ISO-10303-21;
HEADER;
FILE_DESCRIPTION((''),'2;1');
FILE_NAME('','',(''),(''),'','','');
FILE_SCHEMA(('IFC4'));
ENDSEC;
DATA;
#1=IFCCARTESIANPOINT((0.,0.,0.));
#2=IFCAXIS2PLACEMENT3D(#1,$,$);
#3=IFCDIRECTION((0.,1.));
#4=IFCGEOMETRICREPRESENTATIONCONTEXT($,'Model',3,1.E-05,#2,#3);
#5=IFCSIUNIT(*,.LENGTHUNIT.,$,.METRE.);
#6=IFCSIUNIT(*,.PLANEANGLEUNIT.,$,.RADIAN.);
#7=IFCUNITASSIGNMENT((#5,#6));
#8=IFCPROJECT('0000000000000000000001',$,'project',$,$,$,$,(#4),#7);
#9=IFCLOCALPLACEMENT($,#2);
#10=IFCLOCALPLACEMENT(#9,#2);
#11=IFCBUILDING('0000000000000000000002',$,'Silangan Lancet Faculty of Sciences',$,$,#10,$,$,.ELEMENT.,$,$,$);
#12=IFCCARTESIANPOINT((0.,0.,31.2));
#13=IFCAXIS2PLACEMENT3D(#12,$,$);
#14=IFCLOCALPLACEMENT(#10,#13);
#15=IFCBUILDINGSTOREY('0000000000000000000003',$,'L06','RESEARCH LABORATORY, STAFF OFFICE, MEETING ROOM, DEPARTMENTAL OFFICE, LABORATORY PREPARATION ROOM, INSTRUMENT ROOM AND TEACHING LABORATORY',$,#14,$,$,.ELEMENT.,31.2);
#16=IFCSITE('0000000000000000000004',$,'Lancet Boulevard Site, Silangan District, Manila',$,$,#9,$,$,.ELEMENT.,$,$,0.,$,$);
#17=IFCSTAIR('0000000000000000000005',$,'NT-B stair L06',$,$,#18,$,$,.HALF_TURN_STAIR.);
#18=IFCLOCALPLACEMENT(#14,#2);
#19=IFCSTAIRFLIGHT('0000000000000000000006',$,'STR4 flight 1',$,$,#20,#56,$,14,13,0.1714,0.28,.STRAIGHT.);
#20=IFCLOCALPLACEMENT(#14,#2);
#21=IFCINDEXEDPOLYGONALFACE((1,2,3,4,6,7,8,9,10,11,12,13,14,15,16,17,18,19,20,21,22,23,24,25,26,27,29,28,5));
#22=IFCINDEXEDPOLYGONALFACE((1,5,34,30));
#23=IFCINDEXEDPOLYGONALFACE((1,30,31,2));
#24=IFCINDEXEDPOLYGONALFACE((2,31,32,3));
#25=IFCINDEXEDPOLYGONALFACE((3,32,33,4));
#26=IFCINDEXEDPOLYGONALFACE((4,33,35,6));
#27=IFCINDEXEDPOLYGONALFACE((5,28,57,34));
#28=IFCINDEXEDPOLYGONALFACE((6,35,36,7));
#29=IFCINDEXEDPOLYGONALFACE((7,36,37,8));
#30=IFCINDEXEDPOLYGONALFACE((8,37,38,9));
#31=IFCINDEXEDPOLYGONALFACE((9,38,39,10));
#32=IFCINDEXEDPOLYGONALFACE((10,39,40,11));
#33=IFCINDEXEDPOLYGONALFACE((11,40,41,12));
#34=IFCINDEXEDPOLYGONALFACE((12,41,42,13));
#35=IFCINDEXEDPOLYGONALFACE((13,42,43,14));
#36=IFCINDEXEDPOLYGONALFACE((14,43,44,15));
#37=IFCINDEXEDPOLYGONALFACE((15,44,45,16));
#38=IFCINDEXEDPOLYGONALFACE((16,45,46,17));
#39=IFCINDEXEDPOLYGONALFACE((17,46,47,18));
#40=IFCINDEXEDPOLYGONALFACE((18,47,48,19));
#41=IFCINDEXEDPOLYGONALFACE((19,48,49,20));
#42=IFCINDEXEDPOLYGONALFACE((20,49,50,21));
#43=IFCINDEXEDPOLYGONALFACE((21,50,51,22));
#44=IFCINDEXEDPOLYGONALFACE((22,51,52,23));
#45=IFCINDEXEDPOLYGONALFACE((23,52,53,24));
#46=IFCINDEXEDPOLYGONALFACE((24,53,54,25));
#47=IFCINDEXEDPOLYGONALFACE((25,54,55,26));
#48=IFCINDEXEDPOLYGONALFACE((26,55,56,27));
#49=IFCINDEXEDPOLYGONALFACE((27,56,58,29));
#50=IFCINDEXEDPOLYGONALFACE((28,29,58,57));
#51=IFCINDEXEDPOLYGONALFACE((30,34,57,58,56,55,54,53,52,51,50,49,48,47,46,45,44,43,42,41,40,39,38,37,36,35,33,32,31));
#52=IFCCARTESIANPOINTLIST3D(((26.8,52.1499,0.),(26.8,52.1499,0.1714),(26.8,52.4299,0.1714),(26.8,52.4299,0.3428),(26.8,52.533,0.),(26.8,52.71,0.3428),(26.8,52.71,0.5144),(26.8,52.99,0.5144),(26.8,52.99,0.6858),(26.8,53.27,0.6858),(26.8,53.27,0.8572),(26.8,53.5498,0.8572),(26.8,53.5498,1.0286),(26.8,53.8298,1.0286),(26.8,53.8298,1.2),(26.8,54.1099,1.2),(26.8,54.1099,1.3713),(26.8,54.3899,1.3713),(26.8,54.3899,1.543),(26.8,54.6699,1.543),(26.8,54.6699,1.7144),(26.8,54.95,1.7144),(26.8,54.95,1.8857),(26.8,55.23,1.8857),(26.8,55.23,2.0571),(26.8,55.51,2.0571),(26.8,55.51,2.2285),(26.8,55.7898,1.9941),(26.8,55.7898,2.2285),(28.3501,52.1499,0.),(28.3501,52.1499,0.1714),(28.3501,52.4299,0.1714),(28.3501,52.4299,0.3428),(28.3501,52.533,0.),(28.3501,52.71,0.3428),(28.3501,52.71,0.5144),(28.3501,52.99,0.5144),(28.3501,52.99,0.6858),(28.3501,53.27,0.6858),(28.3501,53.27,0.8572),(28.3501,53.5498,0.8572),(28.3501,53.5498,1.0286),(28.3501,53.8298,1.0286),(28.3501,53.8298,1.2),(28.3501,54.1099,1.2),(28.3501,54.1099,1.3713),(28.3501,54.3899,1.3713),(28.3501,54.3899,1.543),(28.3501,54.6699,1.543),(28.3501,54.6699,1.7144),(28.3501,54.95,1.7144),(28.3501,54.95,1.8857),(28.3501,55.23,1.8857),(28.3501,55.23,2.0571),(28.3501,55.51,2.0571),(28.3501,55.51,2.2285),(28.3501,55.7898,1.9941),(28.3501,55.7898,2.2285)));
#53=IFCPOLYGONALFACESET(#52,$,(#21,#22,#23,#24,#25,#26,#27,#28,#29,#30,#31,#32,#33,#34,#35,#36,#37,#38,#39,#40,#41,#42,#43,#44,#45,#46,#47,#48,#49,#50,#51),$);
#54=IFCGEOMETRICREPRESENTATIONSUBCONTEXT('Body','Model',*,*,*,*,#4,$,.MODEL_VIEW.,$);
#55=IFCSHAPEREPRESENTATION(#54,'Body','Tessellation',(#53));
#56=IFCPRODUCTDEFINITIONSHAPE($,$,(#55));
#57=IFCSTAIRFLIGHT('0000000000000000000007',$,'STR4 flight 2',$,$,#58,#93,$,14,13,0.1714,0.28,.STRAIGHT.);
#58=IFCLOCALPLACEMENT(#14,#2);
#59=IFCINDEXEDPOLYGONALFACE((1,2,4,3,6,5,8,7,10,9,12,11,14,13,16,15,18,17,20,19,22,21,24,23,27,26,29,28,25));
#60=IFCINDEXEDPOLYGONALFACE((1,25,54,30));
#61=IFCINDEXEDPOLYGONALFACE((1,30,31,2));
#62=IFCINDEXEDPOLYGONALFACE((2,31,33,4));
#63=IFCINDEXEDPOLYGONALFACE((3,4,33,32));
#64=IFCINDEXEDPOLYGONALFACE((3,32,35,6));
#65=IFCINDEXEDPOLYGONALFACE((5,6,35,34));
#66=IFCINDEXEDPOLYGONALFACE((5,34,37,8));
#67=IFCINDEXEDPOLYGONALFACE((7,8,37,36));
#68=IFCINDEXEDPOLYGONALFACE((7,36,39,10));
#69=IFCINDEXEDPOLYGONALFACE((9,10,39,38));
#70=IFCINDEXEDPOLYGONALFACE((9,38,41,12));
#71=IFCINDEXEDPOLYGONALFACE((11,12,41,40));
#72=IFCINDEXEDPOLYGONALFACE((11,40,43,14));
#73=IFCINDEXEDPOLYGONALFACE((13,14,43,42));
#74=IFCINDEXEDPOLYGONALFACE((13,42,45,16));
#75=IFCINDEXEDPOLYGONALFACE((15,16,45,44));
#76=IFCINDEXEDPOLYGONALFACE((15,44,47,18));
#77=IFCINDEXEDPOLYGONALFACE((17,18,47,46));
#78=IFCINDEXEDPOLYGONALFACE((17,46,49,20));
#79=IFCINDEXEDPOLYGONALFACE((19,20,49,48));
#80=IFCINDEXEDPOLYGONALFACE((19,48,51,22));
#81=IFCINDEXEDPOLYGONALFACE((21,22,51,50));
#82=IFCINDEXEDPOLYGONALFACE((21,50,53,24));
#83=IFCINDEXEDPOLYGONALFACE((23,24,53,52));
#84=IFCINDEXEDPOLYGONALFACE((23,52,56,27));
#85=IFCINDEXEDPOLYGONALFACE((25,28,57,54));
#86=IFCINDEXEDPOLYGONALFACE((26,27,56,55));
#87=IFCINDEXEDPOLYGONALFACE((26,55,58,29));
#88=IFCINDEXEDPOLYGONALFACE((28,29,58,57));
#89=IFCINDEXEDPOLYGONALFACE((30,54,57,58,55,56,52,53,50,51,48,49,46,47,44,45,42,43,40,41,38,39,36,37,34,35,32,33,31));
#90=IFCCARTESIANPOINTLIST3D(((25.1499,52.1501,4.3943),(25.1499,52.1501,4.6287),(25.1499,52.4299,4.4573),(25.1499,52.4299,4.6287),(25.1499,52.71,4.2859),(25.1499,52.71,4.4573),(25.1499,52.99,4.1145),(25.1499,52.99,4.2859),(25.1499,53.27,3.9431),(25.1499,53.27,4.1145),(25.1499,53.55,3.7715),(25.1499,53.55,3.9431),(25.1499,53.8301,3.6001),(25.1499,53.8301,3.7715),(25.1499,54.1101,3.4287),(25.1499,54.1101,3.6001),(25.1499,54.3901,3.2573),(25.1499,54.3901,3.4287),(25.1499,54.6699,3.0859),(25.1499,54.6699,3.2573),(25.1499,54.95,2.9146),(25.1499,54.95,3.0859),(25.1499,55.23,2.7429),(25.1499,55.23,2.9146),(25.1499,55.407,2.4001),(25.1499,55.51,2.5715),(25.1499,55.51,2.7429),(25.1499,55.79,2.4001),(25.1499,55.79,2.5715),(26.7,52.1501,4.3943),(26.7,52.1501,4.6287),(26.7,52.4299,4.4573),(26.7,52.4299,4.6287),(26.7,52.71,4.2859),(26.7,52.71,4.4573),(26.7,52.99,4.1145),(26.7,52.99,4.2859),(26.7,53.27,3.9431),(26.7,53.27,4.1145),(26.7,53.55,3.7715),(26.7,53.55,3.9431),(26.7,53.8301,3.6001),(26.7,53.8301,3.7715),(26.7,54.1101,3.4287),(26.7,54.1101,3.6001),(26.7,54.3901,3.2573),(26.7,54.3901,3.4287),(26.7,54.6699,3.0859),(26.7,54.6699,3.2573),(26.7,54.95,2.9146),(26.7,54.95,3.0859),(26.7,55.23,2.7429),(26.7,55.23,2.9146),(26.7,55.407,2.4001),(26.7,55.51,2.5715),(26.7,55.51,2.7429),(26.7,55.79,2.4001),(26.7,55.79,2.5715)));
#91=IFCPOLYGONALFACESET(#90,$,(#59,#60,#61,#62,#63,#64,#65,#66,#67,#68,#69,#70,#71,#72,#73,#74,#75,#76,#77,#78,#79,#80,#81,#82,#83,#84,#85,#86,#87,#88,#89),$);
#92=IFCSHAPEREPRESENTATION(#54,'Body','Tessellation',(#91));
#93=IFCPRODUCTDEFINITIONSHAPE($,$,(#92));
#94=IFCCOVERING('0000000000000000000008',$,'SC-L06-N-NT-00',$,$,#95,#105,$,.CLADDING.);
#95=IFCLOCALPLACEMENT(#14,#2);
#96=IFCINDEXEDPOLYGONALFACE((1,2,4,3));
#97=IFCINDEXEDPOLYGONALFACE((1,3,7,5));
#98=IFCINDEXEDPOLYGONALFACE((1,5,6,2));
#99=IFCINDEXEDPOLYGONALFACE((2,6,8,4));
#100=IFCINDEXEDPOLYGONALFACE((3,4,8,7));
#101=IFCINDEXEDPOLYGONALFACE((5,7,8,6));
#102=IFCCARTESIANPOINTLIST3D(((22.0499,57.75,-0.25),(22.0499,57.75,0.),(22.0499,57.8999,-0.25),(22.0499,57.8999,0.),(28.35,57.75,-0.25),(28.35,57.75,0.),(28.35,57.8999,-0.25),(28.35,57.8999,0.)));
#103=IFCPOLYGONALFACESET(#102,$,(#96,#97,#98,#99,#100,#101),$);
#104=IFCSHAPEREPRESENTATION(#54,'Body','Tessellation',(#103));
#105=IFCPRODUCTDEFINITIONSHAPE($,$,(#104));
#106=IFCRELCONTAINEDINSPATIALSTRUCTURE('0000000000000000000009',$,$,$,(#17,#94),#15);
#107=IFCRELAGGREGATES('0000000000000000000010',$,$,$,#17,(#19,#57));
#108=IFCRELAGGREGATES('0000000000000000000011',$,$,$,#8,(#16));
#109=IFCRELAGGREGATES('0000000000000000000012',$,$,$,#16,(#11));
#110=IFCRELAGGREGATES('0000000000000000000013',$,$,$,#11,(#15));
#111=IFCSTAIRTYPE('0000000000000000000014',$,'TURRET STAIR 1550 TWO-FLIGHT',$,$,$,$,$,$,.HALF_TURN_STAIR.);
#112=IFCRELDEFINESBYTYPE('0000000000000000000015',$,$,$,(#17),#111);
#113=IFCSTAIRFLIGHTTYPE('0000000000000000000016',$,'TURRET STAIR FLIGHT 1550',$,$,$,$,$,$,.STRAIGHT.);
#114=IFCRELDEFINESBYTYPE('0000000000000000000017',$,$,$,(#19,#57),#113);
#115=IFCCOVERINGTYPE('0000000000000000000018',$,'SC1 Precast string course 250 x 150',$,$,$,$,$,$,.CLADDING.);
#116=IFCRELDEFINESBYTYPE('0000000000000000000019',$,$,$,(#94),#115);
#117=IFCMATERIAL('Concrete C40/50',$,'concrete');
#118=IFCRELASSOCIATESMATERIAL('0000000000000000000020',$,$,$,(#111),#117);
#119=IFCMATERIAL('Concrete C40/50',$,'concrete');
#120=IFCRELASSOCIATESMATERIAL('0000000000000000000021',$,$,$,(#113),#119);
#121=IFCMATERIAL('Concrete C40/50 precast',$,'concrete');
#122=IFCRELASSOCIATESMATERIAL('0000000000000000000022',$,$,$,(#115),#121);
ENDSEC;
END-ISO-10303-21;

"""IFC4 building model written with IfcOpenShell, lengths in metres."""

from ifc_helpers import new_model, si_unit, direction, frame, origin, origin_2d, place, context, subcontext, project, spatial, polyline, rectangle, outline, extrude, material, type_object, element, aggregate, save


model = new_model("IFC4")

# Units and contexts
model_context = context("Model", 3, precision=1e-05, world=origin(), true_north=direction((0.0, 1.0)))
body_context = subcontext(model_context, "Body", "Model", "MODEL_VIEW")
ifc_project = project(units=[si_unit("LENGTHUNIT", "METRE"), si_unit("PLANEANGLEUNIT", "RADIAN")], contexts=[model_context])

# Site, building, storey
site_placement = place(None, origin())
site = spatial("IfcSite", under=ifc_project, at=site_placement, Name="Lancet Boulevard Site, Silangan District, Manila", CompositionType="ELEMENT", RefElevation=0.0)
building_placement = place(site_placement, origin())
building = spatial("IfcBuilding", under=site, at=building_placement, Name="Silangan Lancet Faculty of Sciences", CompositionType="ELEMENT")
storey_placement = place(building_placement, frame((0.0, 0.0, 31.2)))
storey = spatial("IfcBuildingStorey", under=building, at=storey_placement, Name="L06", Description="RESEARCH LABORATORY, STAFF OFFICE, MEETING ROOM, DEPARTMENTAL OFFICE, LABORATORY PREPARATION ROOM, INSTRUMENT ROOM AND TEACHING LABORATORY", CompositionType="ELEMENT", Elevation=31.2)

# Stair, stair flights
ifc_material_1 = material(Name="Concrete C40/50", Category="concrete")
stair_type = type_object("IfcStairType", Name="TURRET STAIR 1550 TWO-FLIGHT", PredefinedType="HALF_TURN_STAIR", material=ifc_material_1)
stair_placement = place(storey_placement, origin())
stair = element("IfcStair", 1, at=stair_placement, inside=storey, type_object=stair_type, Name="NT-B stair L06", PredefinedType="HALF_TURN_STAIR")
ifc_material_2 = material(Name="Concrete C40/50", Category="concrete")
stair_flight_type = type_object("IfcStairFlightType", Name="TURRET STAIR FLIGHT 1550", PredefinedType="STRAIGHT", material=ifc_material_2)
stair_flight_1_placement = place(storey_placement, frame((27.575, 52.1499, 0.0), z_axis=(0.0, 0.0, 1.0), x_axis=(0.0, 1.0, 0.0)))
stair_flight_1 = element("IfcStairFlight", 2, at=stair_flight_1_placement, type_object=stair_flight_type, Name="STR4 flight 1", NumberOfRisers=14, NumberOfTreads=13, PredefinedType="STRAIGHT", RiserHeight=0.1714, TreadLength=0.28, context=body_context, shape_type="SweptSolid", body=[
    extrude(outline(polyline([(0.0, 0.0), (0.0, 0.1714), (0.28, 0.1714), (0.28, 0.3428), (0.5601, 0.3428), (0.5601, 0.5144), (0.8401, 0.5144), (0.8401, 0.6858), (1.1201, 0.6858), (1.1201, 0.8572), (1.3999, 0.8572), (1.3999, 1.0286), (1.6799, 1.0286), (1.6799, 1.2), (1.96, 1.2), (1.96, 1.3713), (2.24, 1.3713), (2.24, 1.543), (2.52, 1.543), (2.52, 1.7144), (2.8, 1.7144), (2.8, 1.8857), (3.0801, 1.8857), (3.0801, 2.0571), (3.3601, 2.0571), (3.3601, 2.2285), (3.6399, 2.2285), (3.6399, 2.3999), (3.6399, 1.9941), (0.3831, 0.0), (0.0, 0.0)])), frame((0.0, 0.7749, 0.0), z_axis=(0.0, -1.0, 0.0), x_axis=(1.0, 0.0, 0.0)), (0.0, 0.0, 1.0), 1.55),
])
stair_flight_2_placement = place(storey_placement, frame((25.925, 55.79, 2.4001), z_axis=(0.0, 0.0, 1.0), x_axis=(0.0, -1.0, 0.0)))
stair_flight_2 = element("IfcStairFlight", 3, at=stair_flight_2_placement, type_object=stair_flight_type, Name="STR4 flight 2", NumberOfRisers=14, NumberOfTreads=13, PredefinedType="STRAIGHT", RiserHeight=0.1714, TreadLength=0.28, context=body_context, shape_type="SweptSolid", body=[
    extrude(outline(polyline([(0.0, 0.0), (0.0, 0.1714), (0.28, 0.1714), (0.28, 0.3428), (0.5601, 0.3428), (0.5601, 0.5144), (0.8401, 0.5144), (0.8401, 0.6858), (1.1201, 0.6858), (1.1201, 0.8572), (1.3999, 0.8572), (1.3999, 1.0286), (1.6799, 1.0286), (1.6799, 1.2), (1.96, 1.2), (1.96, 1.3713), (2.24, 1.3713), (2.24, 1.543), (2.52, 1.543), (2.52, 1.7144), (2.8, 1.7144), (2.8, 1.8857), (3.0801, 1.8857), (3.0801, 2.0571), (3.3601, 2.0571), (3.3601, 2.2285), (3.6399, 2.2285), (3.6399, 2.3999), (3.6399, 1.9941), (0.3831, 0.0), (0.0, 0.0)])), frame((0.0, 0.7749, 0.0), z_axis=(0.0, -1.0, 0.0), x_axis=(1.0, 0.0, 0.0)), (0.0, 0.0, 1.0), 1.55),
])
aggregate(stair, [stair_flight_1, stair_flight_2])

# Covering
ifc_material_3 = material(Name="Concrete C40/50 precast", Category="concrete")
covering_type = type_object("IfcCoveringType", Name="SC1 Precast string course 250 x 150", PredefinedType="CLADDING", material=ifc_material_3)
covering_placement = place(storey_placement, frame((25.2, 57.825, -0.25), z_axis=(0.0, 0.0, 1.0), x_axis=(1.0, 0.0, 0.0)))
element("IfcCovering", 4, at=covering_placement, inside=storey, type_object=covering_type, Name="SC-L06-N-NT-00", PredefinedType="CLADDING", context=body_context, shape_type="SweptSolid", body=[
    extrude(rectangle(XDim=6.3, YDim=0.1499, at=origin_2d()), origin(), (0.0, 0.0, 1.0), 0.25),
])

save(model, "model.ifc")
